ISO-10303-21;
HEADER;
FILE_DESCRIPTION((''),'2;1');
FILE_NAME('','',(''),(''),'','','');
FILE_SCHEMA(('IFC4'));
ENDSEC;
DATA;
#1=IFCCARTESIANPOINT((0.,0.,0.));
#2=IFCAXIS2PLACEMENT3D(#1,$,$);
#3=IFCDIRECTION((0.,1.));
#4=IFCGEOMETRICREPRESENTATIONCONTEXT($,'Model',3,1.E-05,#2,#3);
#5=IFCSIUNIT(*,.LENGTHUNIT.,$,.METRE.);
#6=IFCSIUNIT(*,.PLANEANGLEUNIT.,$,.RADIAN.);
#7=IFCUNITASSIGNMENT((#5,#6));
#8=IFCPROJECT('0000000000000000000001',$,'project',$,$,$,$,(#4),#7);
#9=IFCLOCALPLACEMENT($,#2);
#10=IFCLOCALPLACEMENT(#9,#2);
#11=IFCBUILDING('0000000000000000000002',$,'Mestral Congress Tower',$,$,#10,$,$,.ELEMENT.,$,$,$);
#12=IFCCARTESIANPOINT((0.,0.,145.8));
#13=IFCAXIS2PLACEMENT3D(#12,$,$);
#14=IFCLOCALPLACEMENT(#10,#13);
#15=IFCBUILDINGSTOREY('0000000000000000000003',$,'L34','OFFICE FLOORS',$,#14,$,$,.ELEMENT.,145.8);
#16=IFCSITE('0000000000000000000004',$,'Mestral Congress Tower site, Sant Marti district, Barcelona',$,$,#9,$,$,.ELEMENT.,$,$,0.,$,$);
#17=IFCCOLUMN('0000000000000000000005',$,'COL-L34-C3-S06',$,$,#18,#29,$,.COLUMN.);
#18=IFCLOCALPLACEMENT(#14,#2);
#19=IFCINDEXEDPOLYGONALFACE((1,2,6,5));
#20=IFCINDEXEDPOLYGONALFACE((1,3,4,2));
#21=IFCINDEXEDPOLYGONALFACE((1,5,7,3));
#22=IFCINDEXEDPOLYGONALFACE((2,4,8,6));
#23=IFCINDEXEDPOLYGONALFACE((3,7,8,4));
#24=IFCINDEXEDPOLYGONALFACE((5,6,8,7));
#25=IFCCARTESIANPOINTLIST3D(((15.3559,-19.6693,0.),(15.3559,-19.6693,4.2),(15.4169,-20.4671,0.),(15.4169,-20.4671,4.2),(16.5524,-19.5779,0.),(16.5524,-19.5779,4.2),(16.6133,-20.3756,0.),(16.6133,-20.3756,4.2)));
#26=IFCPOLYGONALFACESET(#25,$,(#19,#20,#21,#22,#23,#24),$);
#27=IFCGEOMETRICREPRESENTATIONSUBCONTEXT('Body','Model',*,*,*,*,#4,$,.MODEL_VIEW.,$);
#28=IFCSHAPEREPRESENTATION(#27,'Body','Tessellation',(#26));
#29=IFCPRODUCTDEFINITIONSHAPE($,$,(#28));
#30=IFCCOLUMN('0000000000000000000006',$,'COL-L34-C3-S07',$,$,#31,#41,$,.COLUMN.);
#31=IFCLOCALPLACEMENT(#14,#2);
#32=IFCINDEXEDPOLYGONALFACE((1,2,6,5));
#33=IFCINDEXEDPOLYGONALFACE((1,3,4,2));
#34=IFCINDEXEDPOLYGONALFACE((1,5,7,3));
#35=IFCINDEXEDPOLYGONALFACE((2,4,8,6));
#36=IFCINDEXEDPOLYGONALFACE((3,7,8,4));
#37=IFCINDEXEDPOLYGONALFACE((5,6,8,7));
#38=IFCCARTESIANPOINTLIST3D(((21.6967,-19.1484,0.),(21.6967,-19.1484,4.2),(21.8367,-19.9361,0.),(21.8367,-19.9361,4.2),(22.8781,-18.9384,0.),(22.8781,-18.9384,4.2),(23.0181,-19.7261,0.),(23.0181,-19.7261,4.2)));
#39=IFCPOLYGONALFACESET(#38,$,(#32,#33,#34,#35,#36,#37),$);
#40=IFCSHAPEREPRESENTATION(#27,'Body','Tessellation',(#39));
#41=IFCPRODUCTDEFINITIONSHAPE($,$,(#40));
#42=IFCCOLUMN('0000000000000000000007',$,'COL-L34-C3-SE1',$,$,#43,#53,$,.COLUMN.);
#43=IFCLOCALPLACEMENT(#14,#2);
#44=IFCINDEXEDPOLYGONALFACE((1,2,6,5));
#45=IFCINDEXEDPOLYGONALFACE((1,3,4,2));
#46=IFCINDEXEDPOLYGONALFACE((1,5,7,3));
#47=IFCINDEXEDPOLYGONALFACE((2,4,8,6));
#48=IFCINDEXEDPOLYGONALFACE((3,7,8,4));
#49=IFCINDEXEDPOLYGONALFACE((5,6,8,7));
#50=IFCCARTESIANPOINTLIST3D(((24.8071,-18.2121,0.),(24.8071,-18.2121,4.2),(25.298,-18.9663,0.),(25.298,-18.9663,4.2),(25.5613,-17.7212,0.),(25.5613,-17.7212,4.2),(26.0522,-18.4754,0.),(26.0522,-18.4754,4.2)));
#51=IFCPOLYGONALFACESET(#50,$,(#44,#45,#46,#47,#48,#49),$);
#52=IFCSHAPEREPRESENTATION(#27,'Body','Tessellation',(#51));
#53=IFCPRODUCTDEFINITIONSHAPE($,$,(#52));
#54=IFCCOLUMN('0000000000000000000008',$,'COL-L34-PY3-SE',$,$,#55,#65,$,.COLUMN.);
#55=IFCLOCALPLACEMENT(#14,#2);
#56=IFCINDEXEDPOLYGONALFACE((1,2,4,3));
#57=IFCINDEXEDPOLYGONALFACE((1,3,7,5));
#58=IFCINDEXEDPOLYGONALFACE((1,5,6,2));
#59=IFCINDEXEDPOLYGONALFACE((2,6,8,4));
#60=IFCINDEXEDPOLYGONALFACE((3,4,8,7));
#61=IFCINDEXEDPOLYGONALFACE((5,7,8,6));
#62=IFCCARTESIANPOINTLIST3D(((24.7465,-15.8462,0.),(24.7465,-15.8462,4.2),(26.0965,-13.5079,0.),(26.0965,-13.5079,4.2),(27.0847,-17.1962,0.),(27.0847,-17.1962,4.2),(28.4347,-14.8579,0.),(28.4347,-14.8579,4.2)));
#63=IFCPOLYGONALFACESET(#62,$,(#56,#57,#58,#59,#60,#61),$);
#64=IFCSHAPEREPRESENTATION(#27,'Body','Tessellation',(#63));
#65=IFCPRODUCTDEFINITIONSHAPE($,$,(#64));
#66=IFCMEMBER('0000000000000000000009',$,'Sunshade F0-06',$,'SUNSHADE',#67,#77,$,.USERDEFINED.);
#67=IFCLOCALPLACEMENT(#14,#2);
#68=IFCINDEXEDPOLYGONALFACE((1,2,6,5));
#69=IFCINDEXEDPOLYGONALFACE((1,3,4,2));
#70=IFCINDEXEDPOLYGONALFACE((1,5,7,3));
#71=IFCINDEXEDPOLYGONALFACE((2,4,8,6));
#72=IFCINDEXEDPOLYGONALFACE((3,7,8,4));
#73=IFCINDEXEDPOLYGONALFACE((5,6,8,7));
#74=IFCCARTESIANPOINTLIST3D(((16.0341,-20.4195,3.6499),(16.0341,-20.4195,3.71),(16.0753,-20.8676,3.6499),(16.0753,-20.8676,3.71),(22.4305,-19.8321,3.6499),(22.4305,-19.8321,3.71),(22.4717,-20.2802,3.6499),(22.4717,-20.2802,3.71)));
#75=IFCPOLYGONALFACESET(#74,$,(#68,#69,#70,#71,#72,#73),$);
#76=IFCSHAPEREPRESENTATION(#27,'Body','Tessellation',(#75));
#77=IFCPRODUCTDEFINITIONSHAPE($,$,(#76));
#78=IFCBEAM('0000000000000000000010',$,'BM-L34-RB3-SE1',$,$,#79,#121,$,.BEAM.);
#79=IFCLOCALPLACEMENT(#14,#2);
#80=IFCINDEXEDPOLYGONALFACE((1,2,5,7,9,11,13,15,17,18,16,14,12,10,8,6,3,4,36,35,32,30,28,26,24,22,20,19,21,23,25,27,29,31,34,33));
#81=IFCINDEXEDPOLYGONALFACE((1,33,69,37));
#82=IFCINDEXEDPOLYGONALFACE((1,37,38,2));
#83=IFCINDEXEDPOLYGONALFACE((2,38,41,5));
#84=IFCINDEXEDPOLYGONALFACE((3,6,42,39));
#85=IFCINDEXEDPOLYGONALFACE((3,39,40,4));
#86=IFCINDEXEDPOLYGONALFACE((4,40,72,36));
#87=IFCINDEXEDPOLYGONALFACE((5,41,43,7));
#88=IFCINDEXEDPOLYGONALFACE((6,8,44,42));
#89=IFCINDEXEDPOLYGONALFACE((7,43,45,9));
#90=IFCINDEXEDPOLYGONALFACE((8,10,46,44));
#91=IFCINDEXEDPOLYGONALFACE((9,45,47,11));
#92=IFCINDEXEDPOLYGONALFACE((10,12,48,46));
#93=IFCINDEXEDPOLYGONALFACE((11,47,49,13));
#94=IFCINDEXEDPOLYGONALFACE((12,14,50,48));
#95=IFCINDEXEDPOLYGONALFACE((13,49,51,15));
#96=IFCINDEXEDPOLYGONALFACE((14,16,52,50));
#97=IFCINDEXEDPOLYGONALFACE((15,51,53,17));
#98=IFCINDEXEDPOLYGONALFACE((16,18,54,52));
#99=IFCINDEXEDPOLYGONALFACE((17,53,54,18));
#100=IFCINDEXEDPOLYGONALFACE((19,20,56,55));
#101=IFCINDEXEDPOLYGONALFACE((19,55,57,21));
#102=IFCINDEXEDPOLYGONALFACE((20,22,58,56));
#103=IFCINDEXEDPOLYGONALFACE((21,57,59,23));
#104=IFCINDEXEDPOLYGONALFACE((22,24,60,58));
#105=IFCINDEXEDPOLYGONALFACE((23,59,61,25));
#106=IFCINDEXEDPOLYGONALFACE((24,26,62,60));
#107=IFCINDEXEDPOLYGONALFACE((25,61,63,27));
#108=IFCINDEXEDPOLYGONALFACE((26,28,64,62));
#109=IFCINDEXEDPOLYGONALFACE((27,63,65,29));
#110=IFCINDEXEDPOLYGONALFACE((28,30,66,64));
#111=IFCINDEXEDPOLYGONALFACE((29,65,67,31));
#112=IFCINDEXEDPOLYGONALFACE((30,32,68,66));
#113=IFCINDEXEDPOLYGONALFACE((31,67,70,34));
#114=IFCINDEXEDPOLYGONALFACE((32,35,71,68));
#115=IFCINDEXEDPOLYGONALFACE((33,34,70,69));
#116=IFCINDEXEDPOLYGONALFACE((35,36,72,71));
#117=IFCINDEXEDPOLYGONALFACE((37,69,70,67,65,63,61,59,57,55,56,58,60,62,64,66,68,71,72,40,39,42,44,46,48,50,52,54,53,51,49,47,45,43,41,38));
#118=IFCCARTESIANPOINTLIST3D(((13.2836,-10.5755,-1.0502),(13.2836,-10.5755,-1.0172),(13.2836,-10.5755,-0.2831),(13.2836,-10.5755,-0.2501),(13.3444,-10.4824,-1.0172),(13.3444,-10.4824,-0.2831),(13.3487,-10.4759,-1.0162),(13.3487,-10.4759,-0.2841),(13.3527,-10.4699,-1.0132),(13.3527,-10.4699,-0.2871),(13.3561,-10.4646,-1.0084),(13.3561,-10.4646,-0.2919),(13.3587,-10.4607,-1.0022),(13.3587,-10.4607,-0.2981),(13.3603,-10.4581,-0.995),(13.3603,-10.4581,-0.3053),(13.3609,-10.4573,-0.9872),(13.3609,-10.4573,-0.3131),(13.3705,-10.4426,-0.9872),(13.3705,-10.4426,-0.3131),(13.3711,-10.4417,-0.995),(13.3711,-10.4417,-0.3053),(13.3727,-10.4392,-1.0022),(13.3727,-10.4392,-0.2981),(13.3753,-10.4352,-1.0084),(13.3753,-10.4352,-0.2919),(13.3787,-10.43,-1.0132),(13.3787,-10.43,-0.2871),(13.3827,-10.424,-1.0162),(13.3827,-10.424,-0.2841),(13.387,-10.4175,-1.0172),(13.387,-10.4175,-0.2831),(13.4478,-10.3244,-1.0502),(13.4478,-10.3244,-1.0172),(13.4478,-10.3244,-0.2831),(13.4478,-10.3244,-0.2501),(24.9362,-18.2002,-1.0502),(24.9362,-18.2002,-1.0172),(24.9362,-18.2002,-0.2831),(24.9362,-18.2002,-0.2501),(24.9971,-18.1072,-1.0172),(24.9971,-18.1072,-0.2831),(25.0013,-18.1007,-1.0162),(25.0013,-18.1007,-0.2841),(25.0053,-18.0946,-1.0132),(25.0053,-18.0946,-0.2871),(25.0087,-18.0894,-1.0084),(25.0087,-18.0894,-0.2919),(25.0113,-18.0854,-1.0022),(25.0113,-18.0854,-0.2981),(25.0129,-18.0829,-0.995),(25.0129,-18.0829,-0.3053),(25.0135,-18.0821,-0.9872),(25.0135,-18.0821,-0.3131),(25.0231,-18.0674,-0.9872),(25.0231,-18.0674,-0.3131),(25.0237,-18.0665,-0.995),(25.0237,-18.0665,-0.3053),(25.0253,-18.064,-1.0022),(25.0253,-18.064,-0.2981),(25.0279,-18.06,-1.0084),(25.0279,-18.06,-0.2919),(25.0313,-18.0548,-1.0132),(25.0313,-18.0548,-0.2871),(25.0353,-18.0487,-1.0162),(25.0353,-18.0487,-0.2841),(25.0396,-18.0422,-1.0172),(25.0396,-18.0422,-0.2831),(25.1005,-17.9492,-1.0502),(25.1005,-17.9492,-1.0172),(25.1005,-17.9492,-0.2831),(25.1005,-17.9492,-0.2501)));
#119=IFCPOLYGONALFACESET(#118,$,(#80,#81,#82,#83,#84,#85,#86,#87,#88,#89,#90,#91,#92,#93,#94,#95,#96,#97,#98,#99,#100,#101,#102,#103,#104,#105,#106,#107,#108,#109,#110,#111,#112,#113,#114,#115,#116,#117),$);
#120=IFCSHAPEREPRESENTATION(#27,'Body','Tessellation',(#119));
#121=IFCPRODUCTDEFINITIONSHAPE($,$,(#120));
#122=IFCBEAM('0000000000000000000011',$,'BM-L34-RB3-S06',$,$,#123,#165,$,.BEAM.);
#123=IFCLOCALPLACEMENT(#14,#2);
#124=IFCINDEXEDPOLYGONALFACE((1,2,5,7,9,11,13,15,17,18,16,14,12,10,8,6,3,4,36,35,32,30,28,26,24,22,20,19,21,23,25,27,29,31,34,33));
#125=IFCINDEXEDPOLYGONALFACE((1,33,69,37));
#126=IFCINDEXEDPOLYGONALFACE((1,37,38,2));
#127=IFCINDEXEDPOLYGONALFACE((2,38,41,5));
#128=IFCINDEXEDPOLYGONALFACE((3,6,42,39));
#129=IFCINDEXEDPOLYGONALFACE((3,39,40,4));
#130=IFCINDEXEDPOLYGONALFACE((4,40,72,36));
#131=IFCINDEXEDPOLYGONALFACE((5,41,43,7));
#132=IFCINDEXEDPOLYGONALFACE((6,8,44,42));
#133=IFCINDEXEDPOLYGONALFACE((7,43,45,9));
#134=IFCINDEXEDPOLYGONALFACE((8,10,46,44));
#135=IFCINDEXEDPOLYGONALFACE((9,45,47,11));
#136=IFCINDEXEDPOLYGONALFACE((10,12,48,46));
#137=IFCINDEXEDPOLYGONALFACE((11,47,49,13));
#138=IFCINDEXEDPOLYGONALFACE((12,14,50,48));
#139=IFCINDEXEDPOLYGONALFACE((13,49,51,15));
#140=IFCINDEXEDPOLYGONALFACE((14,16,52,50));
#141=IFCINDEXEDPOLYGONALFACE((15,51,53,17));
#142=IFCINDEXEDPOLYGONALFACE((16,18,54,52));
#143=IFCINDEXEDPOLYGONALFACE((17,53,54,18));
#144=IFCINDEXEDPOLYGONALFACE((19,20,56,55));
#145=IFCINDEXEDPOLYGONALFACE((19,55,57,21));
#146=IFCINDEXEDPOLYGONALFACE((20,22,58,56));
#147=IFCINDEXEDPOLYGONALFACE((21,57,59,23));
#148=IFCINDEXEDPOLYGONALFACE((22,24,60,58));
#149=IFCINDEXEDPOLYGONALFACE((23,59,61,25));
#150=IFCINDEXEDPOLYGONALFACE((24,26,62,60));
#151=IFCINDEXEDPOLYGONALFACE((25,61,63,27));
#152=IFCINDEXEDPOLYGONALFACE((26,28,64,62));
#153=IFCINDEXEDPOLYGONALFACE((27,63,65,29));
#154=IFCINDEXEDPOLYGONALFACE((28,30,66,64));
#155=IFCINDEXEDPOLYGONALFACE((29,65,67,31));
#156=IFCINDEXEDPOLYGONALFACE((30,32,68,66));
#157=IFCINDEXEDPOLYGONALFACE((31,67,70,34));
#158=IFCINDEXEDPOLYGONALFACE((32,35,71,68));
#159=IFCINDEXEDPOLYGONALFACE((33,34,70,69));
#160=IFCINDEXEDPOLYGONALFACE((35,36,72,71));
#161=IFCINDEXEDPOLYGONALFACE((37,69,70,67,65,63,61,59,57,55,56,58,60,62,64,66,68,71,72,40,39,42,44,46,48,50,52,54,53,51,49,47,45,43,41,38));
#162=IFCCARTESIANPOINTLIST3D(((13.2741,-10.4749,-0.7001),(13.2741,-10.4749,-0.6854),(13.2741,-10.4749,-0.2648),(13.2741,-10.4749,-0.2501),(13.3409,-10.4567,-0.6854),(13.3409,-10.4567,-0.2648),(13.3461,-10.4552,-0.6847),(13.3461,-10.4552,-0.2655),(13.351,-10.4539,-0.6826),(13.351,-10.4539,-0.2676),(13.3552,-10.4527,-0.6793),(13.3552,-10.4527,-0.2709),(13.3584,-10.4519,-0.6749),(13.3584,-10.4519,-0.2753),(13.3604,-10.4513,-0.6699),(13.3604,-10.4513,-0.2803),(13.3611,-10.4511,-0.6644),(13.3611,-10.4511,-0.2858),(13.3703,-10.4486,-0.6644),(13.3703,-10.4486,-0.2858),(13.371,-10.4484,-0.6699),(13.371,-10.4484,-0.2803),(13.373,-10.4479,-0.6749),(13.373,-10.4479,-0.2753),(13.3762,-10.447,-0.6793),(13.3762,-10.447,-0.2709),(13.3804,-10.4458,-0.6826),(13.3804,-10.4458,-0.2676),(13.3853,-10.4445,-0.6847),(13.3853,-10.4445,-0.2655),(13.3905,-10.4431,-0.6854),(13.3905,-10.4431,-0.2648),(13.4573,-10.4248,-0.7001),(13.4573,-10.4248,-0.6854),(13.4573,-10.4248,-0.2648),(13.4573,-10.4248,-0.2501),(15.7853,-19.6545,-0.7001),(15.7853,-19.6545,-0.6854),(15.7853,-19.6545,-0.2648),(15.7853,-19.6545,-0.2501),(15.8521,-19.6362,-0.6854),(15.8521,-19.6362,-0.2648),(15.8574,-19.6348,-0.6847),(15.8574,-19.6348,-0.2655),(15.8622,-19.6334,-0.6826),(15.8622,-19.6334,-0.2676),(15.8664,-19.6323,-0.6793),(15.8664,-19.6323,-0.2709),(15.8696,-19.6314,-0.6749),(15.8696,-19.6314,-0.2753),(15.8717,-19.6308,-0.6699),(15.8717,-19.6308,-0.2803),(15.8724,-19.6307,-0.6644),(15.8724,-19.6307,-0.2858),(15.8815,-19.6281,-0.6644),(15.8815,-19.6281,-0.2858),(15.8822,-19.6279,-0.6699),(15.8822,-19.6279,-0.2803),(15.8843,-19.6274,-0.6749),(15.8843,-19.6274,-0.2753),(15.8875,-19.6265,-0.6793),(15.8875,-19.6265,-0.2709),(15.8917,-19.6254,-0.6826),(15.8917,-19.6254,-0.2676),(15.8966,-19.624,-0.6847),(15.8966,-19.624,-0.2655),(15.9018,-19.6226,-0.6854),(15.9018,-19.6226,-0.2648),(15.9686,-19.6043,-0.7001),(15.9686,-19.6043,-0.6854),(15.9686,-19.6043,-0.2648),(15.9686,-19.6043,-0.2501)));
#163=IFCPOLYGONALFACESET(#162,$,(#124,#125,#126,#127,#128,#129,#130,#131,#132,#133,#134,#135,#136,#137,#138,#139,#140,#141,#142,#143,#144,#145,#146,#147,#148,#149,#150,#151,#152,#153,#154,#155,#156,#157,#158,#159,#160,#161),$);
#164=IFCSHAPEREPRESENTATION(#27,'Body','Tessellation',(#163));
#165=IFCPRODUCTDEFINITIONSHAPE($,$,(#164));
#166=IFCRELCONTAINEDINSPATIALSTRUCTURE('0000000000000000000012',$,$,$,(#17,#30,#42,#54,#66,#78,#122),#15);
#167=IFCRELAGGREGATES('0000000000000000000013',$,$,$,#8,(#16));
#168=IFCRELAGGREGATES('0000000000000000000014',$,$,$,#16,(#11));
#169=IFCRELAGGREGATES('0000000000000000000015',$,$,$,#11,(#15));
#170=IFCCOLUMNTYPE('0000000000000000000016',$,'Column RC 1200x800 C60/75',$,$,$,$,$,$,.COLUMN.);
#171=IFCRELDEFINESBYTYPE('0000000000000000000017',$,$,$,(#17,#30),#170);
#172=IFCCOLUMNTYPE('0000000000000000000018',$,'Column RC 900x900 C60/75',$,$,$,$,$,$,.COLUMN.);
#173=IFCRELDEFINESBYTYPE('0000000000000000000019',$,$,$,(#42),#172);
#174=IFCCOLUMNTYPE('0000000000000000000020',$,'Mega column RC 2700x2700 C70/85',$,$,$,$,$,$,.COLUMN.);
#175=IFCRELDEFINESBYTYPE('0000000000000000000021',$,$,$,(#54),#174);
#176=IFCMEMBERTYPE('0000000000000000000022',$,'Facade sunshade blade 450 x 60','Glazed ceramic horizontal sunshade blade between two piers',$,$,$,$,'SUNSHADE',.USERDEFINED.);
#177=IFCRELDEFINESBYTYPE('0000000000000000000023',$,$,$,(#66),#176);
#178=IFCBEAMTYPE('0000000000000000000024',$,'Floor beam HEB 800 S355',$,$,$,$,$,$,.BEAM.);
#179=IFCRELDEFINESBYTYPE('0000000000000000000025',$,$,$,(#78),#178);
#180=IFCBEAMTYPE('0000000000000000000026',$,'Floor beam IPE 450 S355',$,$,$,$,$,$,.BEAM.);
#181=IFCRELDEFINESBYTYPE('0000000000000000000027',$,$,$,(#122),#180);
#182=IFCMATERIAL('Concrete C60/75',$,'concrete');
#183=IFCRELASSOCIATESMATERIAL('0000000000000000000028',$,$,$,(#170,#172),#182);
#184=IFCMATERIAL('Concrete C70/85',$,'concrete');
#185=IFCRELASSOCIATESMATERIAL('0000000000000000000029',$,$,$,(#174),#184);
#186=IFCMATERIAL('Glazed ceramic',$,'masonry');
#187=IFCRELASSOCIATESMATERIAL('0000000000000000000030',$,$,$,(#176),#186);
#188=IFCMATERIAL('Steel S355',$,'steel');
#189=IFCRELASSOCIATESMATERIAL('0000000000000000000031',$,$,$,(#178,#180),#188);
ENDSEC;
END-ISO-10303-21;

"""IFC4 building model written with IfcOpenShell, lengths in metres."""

from ifc_helpers import new_model, si_unit, direction, frame, origin, origin_2d, place, context, subcontext, project, spatial, rectangle, i_section, extrude, material, material_profile, profile_set, type_object, element, save


model = new_model("IFC4")

# Units and contexts
model_context = context("Model", 3, precision=1e-05, world=origin(), true_north=direction((0.0, 1.0)))
body_context = subcontext(model_context, "Body", "Model", "MODEL_VIEW")
ifc_project = project(units=[si_unit("LENGTHUNIT", "METRE"), si_unit("PLANEANGLEUNIT", "RADIAN")], contexts=[model_context])

# Site, building, storey
site_placement = place(None, origin())
site = spatial("IfcSite", under=ifc_project, at=site_placement, Name="Mestral Congress Tower site, Sant Marti district, Barcelona", CompositionType="ELEMENT", RefElevation=0.0)
building_placement = place(site_placement, origin())
building = spatial("IfcBuilding", under=site, at=building_placement, Name="Mestral Congress Tower", CompositionType="ELEMENT")
storey_placement = place(building_placement, frame((0.0, 0.0, 145.8)))
storey = spatial("IfcBuildingStorey", under=building, at=storey_placement, Name="L34", Description="OFFICE FLOORS", CompositionType="ELEMENT", Elevation=145.8)

# Columns
ifc_material_1 = material(Name="Concrete C60/75", Category="concrete")
ifc_material_profile_1 = material_profile(ifc_material_1, rectangle(XDim=1.2, YDim=0.8, at=origin_2d()), Name="RC 1200x800")
ifc_profile_set_1 = profile_set([ifc_material_profile_1], Name="Concrete C60/75")
column_type_1 = type_object("IfcColumnType", Name="Column RC 1200x800 C60/75", PredefinedType="COLUMN", material=ifc_profile_set_1)
for number, where, z_axis, x_axis, name in (
    (1, (15.9846, -20.0225, 0.0), (0.0, 0.0, 1.0), (0.99709, 0.076237, 0.0), "COL-L34-C3-S06"),
    (2, (22.3574, -19.4373, 0.0), (0.0, 0.0, 1.0), (0.984571, 0.174985, 0.0), "COL-L34-C3-S07"),
):
    element("IfcColumn", number, at=place(storey_placement, frame(where, z_axis=z_axis, x_axis=x_axis)), inside=storey, type_object=column_type_1, Name=name, PredefinedType="COLUMN", context=body_context, shape_type="SweptSolid", body=[
        extrude(rectangle(XDim=1.2, YDim=0.8, at=origin_2d()), origin(), (0.0, 0.0, 1.0), 4.2),
    ])
ifc_material_profile_2 = material_profile(ifc_material_1, rectangle(XDim=0.8999, YDim=0.8999, at=origin_2d()), Name="RC 900x900")
ifc_profile_set_2 = profile_set([ifc_material_profile_2], Name="Concrete C60/75")
column_type_2 = type_object("IfcColumnType", Name="Column RC 900x900 C60/75", PredefinedType="COLUMN", material=ifc_profile_set_2)
column_1_placement = place(storey_placement, frame((25.4297, -18.3438, 0.0), z_axis=(0.0, 0.0, 1.0), x_axis=(0.838094, 0.545526, 0.0)))
element("IfcColumn", 3, at=column_1_placement, inside=storey, type_object=column_type_2, Name="COL-L34-C3-SE1", PredefinedType="COLUMN", context=body_context, shape_type="SweptSolid", body=[
    extrude(rectangle(XDim=0.8999, YDim=0.8999, at=origin_2d()), origin(), (0.0, 0.0, 1.0), 4.2),
])
ifc_material_2 = material(Name="Concrete C70/85", Category="concrete")
ifc_material_profile_3 = material_profile(ifc_material_2, rectangle(XDim=2.7, YDim=2.7, at=origin_2d()), Name="RC 2700x2700")
ifc_profile_set_3 = profile_set([ifc_material_profile_3], Name="Concrete C70/85")
column_type_3 = type_object("IfcColumnType", Name="Mega column RC 2700x2700 C70/85", PredefinedType="COLUMN", material=ifc_profile_set_3)
column_2_placement = place(storey_placement, frame((26.5906, -15.3521, 0.0), z_axis=(0.0, 0.0, 1.0), x_axis=(0.866025, -0.5, 0.0)))
element("IfcColumn", 4, at=column_2_placement, inside=storey, type_object=column_type_3, Name="COL-L34-PY3-SE", PredefinedType="COLUMN", context=body_context, shape_type="SweptSolid", body=[
    extrude(rectangle(XDim=2.7, YDim=2.7, at=origin_2d()), origin(), (0.0, 0.0, 1.0), 4.2),
])

# Member
ifc_material_3 = material(Name="Glazed ceramic", Category="masonry")
ifc_material_profile_4 = material_profile(ifc_material_3, rectangle(XDim=0.45, YDim=0.0601, at=origin_2d()), Name="Ceramic blade 450 x 60")
ifc_profile_set_4 = profile_set([ifc_material_profile_4], Name="Glazed ceramic")
member_type = type_object("IfcMemberType", Name="Facade sunshade blade 450 x 60", Description="Glazed ceramic horizontal sunshade blade between two piers", ElementType="SUNSHADE", PredefinedType="USERDEFINED", material=ifc_profile_set_4)
member_placement = place(storey_placement, frame((16.0547, -20.6436, 3.6799), z_axis=(0.99581, 0.091447, 0.0), x_axis=(-0.091447, 0.99581, 0.0)))
element("IfcMember", 5, at=member_placement, inside=storey, type_object=member_type, Name="Sunshade F0-06", ObjectType="SUNSHADE", PredefinedType="USERDEFINED", context=body_context, shape_type="SweptSolid", body=[
    extrude(rectangle(XDim=0.45, YDim=0.0601, at=origin_2d()), origin(), (0.0, 0.0, 1.0), 6.4233),
])

# Beams
ifc_material_4 = material(Name="Steel S355", Category="steel")
ifc_material_profile_5 = material_profile(ifc_material_4, i_section(OverallWidth=0.3, OverallDepth=0.8, WebThickness=0.0176, FlangeThickness=0.033, FilletRadius=0.03, at=origin_2d()), Name="HEB 800")
ifc_profile_set_5 = profile_set([ifc_material_profile_5], Name="Steel S355")
beam_type_1 = type_object("IfcBeamType", Name="Floor beam HEB 800 S355", PredefinedType="BEAM", material=ifc_profile_set_5)
beam_1_placement = place(storey_placement, frame((25.0183, -18.0747, -0.6501), z_axis=(-0.83678, 0.547539, 0.0), x_axis=(-0.547539, -0.83678, 0.0)))
element("IfcBeam", 6, at=beam_1_placement, inside=storey, type_object=beam_type_1, Name="BM-L34-RB3-SE1", PredefinedType="BEAM", context=body_context, shape_type="SweptSolid", body=[
    extrude(i_section(OverallWidth=0.3, OverallDepth=0.8, WebThickness=0.0176, FlangeThickness=0.033, FilletRadius=0.03, at=origin_2d()), origin(), (0.0, 0.0, 1.0), 13.9255),
])
ifc_material_profile_6 = material_profile(ifc_material_4, i_section(OverallWidth=0.1899, OverallDepth=0.45, WebThickness=0.0095, FlangeThickness=0.0146, FilletRadius=0.021, at=origin_2d()), Name="IPE 450")
ifc_profile_set_6 = profile_set([ifc_material_profile_6], Name="Steel S355")
beam_type_2 = type_object("IfcBeamType", Name="Floor beam IPE 450 S355", PredefinedType="BEAM", material=ifc_profile_set_6)
beam_2_placement = place(storey_placement, frame((15.877, -19.6294, -0.4751), z_axis=(-0.263875, 0.964557, 0.0), x_axis=(-0.964557, -0.263875, 0.0)))
element("IfcBeam", 7, at=beam_2_placement, inside=storey, type_object=beam_type_2, Name="BM-L34-RB3-S06", PredefinedType="BEAM", context=body_context, shape_type="SweptSolid", body=[
    extrude(i_section(OverallWidth=0.1899, OverallDepth=0.45, WebThickness=0.0095, FlangeThickness=0.0146, FilletRadius=0.021, at=origin_2d()), origin(), (0.0, 0.0, 1.0), 9.5168),
])

save(model, "model.ifc")
